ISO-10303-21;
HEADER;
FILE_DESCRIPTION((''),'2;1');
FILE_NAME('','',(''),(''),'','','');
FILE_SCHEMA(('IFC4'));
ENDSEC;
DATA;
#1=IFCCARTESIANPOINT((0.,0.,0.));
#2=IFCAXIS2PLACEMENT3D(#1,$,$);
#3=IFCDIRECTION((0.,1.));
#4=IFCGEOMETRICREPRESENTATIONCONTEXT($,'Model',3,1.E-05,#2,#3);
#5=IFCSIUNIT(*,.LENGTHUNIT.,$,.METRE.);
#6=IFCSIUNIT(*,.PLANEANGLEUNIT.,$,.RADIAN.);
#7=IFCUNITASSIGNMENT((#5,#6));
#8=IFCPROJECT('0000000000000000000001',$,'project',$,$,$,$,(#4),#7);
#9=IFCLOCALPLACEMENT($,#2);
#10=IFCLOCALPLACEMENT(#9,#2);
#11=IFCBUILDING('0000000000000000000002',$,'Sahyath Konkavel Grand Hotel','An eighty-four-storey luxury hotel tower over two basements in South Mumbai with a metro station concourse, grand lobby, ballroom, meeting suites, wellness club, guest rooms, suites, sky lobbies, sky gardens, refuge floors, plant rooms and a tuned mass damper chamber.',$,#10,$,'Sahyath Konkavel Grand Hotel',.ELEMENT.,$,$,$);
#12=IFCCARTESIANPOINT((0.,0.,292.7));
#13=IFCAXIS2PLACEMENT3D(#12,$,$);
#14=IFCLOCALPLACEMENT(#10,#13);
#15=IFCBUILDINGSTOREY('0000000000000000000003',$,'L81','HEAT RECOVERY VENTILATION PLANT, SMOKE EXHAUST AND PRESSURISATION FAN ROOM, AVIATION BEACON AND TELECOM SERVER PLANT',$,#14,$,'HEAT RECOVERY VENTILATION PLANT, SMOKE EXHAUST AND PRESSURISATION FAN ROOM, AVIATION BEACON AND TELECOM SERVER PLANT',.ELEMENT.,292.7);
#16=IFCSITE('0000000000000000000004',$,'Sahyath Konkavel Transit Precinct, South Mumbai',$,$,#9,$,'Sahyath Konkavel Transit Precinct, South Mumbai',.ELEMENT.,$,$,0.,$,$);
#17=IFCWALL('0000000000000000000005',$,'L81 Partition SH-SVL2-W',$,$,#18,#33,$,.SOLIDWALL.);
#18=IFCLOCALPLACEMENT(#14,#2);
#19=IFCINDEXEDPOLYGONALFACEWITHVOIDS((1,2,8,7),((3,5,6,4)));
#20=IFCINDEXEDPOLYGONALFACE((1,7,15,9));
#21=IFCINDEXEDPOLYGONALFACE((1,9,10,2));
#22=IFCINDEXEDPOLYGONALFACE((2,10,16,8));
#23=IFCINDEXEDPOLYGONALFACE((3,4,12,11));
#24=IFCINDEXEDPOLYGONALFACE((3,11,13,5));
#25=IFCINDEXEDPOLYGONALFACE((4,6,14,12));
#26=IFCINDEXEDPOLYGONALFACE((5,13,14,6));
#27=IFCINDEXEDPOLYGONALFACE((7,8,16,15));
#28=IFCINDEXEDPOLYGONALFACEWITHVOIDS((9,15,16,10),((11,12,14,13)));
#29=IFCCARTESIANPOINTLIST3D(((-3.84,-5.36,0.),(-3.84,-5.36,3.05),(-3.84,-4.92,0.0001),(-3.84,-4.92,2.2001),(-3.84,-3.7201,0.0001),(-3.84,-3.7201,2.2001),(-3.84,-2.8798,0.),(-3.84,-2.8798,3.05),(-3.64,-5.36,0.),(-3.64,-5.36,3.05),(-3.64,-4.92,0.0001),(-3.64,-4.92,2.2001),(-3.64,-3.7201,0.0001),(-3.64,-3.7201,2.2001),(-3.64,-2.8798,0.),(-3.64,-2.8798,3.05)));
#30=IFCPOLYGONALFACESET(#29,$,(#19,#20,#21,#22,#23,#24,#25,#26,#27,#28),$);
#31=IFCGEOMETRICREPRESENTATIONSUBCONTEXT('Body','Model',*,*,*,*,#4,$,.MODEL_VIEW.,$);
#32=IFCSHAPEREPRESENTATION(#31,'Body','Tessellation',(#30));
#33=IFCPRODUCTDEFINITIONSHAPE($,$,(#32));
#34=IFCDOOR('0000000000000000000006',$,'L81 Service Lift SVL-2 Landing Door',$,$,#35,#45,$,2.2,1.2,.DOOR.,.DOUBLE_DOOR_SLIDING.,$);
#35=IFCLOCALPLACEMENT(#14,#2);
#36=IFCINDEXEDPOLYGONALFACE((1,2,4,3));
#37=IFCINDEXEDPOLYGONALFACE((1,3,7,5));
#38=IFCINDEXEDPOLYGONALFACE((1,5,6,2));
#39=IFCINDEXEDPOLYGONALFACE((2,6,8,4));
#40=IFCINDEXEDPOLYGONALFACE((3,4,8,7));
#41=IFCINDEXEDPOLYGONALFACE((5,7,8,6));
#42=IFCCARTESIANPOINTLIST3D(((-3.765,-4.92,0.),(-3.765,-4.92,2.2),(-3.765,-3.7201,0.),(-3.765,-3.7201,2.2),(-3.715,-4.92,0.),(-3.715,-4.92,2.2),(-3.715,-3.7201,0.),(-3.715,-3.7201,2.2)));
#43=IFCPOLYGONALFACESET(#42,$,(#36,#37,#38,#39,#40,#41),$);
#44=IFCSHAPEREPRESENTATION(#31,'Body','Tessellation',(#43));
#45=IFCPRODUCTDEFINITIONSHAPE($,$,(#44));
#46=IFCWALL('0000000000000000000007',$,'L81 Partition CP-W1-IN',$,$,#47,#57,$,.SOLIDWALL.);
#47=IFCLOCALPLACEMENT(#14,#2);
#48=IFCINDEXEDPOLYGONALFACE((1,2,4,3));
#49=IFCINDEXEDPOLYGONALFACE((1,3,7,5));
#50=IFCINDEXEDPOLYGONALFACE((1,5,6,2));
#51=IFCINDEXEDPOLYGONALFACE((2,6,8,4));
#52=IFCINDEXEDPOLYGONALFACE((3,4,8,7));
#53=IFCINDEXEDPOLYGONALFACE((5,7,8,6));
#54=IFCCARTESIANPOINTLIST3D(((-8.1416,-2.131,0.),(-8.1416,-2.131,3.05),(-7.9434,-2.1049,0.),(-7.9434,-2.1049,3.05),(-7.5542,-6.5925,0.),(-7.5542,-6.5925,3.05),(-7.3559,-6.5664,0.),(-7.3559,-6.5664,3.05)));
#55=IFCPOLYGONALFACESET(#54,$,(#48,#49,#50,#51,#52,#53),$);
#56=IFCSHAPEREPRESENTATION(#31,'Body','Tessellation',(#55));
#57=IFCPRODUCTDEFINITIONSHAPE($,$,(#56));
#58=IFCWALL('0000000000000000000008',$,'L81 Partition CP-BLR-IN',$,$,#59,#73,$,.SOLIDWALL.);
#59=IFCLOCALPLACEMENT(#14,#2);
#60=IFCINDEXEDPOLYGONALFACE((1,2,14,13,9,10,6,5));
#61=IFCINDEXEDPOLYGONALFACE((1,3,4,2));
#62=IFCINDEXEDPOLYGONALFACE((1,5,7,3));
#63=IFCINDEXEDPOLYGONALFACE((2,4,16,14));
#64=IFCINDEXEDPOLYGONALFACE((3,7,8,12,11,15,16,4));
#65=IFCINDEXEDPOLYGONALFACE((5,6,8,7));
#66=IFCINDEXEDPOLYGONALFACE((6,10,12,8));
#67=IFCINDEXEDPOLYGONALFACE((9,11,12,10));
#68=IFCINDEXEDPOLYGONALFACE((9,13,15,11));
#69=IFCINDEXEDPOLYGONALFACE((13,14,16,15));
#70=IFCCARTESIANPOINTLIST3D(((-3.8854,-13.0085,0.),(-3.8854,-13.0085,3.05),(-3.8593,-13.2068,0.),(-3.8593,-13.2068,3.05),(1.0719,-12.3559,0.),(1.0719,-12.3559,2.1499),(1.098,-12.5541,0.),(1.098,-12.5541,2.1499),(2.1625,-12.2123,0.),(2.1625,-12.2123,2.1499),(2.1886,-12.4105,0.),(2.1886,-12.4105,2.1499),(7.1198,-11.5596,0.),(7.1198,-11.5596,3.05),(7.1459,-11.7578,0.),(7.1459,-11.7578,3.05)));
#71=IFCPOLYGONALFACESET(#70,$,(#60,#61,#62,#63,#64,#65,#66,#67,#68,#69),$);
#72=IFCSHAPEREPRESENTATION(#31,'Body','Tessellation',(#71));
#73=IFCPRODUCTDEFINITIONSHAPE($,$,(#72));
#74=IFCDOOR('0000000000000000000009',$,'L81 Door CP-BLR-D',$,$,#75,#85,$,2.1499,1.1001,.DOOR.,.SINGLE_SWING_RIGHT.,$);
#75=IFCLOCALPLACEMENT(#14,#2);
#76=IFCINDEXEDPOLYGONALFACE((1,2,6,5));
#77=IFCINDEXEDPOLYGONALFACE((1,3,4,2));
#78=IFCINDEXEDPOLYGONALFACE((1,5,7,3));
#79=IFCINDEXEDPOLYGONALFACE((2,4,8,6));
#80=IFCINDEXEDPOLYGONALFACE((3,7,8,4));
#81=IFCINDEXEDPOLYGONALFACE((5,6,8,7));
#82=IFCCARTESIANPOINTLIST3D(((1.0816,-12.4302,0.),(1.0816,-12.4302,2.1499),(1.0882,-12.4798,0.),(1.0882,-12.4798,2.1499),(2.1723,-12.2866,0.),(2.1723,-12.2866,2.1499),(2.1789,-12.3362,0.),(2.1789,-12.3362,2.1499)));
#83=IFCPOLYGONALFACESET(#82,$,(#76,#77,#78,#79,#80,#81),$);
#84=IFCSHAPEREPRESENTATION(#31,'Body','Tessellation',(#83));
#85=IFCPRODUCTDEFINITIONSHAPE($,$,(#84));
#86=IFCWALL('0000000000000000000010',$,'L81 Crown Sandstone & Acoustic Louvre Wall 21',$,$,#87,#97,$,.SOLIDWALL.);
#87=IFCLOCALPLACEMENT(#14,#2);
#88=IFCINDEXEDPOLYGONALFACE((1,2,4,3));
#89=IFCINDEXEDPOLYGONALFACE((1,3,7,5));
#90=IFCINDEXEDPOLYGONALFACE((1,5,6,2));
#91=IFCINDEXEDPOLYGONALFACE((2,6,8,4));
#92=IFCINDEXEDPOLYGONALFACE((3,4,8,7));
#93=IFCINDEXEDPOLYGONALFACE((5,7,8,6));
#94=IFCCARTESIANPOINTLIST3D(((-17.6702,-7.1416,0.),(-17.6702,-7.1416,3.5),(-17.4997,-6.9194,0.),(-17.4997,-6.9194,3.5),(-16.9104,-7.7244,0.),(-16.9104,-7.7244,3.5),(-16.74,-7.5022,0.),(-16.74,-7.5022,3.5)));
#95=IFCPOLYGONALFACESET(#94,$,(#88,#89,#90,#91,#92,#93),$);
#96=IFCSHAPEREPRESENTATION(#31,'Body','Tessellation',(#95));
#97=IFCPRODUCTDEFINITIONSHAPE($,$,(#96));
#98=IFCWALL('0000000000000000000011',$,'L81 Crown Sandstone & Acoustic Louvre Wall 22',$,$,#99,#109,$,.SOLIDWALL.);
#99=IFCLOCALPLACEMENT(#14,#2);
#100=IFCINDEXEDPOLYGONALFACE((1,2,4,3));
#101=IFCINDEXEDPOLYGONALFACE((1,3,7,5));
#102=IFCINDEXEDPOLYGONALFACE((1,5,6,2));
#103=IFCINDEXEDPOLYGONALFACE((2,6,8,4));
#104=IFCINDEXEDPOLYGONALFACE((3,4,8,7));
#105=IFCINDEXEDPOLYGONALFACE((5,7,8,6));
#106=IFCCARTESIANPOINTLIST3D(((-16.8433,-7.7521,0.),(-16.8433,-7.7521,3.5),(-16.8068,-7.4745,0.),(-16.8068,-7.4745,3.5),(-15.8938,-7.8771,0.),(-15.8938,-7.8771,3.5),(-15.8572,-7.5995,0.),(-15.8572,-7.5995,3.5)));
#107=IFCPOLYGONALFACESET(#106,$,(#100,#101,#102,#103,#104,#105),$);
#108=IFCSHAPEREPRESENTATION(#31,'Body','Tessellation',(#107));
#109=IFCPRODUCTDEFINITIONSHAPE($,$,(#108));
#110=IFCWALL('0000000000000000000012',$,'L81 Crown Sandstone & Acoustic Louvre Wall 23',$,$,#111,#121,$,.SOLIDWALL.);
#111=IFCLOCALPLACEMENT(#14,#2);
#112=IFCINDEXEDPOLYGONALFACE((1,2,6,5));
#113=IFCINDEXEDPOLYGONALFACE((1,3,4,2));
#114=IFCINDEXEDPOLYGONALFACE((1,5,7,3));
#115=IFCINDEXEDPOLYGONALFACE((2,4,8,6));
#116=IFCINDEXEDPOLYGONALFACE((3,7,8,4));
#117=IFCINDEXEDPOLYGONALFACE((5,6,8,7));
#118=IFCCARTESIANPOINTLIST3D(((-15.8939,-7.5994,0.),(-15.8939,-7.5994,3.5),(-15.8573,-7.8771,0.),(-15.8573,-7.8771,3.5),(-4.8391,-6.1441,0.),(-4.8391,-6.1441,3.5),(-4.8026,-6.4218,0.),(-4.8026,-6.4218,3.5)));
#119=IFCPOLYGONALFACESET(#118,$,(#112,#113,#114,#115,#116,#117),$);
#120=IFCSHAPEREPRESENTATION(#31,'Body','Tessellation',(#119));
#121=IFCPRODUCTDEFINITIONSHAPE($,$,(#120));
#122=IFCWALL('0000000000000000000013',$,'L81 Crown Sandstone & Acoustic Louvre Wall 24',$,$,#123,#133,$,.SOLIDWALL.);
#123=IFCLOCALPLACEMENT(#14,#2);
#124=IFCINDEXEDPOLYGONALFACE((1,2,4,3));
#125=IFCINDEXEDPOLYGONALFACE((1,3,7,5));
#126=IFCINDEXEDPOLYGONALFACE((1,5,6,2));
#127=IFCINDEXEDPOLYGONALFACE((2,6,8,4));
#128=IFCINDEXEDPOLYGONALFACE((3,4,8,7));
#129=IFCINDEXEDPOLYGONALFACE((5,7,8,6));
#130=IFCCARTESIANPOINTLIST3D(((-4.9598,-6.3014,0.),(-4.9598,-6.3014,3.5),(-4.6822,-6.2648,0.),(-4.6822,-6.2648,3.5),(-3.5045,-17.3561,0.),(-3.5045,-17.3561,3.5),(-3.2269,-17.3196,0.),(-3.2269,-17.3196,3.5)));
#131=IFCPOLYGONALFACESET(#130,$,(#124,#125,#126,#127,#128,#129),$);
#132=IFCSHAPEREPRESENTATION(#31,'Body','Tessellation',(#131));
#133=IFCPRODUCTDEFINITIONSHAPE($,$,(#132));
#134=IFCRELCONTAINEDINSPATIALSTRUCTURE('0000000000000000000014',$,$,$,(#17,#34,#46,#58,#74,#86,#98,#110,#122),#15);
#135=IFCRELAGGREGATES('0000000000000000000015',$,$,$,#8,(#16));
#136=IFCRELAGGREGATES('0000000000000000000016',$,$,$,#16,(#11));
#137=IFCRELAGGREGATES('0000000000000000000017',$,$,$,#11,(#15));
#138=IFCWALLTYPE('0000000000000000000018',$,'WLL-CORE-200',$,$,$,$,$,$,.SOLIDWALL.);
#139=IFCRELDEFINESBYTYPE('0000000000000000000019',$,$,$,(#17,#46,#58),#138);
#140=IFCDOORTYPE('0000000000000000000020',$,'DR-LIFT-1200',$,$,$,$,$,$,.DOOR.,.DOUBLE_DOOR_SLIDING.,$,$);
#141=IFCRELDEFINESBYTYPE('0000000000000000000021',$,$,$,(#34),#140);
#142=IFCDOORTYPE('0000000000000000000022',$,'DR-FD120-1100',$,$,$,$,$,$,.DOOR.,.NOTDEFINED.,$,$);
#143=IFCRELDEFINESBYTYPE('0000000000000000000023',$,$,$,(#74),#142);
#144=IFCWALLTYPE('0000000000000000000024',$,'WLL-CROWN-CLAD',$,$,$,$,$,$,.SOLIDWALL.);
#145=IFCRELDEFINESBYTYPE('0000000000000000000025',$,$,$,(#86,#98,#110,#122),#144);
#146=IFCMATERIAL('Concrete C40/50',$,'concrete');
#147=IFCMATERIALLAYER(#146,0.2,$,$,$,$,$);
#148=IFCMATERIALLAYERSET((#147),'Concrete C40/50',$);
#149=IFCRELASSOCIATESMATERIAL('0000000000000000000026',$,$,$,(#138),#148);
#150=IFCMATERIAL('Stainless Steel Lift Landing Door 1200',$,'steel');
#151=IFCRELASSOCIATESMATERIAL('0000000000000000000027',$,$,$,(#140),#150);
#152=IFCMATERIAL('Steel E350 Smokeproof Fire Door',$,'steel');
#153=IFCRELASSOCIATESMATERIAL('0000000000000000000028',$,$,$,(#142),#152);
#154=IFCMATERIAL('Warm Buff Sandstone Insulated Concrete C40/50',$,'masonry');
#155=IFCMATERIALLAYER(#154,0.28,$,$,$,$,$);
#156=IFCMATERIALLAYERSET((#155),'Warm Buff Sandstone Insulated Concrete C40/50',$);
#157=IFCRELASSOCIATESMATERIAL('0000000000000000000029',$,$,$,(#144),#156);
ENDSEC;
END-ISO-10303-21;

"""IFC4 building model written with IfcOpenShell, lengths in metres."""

from ifc_helpers import new_model, si_unit, direction, frame, frame_2d, origin, origin_2d, place, context, subcontext, project, spatial, rectangle, extrude, source, transform, mapped, material, layer, layer_set, type_object, element, fill, save


model = new_model("IFC4")

# Units and contexts
model_context = context("Model", 3, precision=1e-05, world=origin(), true_north=direction((0.0, 1.0)))
body_context = subcontext(model_context, "Body", "Model", "MODEL_VIEW")
ifc_project = project(units=[si_unit("LENGTHUNIT", "METRE"), si_unit("PLANEANGLEUNIT", "RADIAN")], contexts=[model_context])

# Site, building, storey
site_placement = place(None, origin())
site = spatial("IfcSite", under=ifc_project, at=site_placement, Name="Sahyath Konkavel Transit Precinct, South Mumbai", LongName="Sahyath Konkavel Transit Precinct, South Mumbai", CompositionType="ELEMENT", RefElevation=0.0)
building_placement = place(site_placement, origin())
building = spatial("IfcBuilding", under=site, at=building_placement, Name="Sahyath Konkavel Grand Hotel", Description="An eighty-four-storey luxury hotel tower over two basements in South Mumbai with a metro station concourse, grand lobby, ballroom, meeting suites, wellness club, guest rooms, suites, sky lobbies, sky gardens, refuge floors, plant rooms and a tuned mass damper chamber.", LongName="Sahyath Konkavel Grand Hotel", CompositionType="ELEMENT")
storey_placement = place(building_placement, frame((0.0, 0.0, 292.7)))
storey = spatial("IfcBuildingStorey", under=building, at=storey_placement, Name="L81", Description="HEAT RECOVERY VENTILATION PLANT, SMOKE EXHAUST AND PRESSURISATION FAN ROOM, AVIATION BEACON AND TELECOM SERVER PLANT", LongName="HEAT RECOVERY VENTILATION PLANT, SMOKE EXHAUST AND PRESSURISATION FAN ROOM, AVIATION BEACON AND TELECOM SERVER PLANT", CompositionType="ELEMENT", Elevation=292.7)

# Shared definitions
ifc_material_1 = material(Name="Concrete C40/50", Category="concrete")

# Shared definitions
ifc_layer_1 = layer(ifc_material_1, 0.2)
ifc_layer_set_1 = layer_set([ifc_layer_1], Name="Concrete C40/50")
wall_type_1 = type_object("IfcWallType", Name="WLL-CORE-200", PredefinedType="SOLIDWALL", material=ifc_layer_set_1)

# Wall, opening, door
wall_1_placement = place(storey_placement, frame((-3.74, -5.3601, 0.0), z_axis=(0.0, 0.0, 1.0), x_axis=(0.0, 1.0, 0.0)))
wall_1 = element("IfcWall", 1, at=wall_1_placement, inside=storey, type_object=wall_type_1, Name="L81 Partition SH-SVL2-W", PredefinedType="SOLIDWALL", context=body_context, shape_type="SweptSolid", body=[
    extrude(rectangle(XDim=2.4802, YDim=0.2, at=frame_2d((1.2402, 0.0))), origin(), (0.0, 0.0, 1.0), 3.05),
])
opening_1_placement = place(wall_1_placement, frame((0.4399, 0.0, 0.0)))
opening_1 = element("IfcOpeningElement", 2, at=opening_1_placement, cuts=wall_1, PredefinedType="OPENING", context=body_context, shape_type="SweptSolid", body=[
    extrude(rectangle(XDim=1.2, YDim=2.2, at=frame_2d((0.6001, 1.1001))), frame((0.0, 0.1099, 0.0), z_axis=(0.0, -1.0, 0.0), x_axis=(1.0, 0.0, 0.0)), (0.0, 0.0, 1.0), 0.22),
])
ifc_material_2 = material(Name="Stainless Steel Lift Landing Door 1200", Category="steel")
door_type_1 = type_object("IfcDoorType", Name="DR-LIFT-1200", OperationType="DOUBLE_DOOR_SLIDING", PredefinedType="DOOR", material=ifc_material_2)
shared_shape_1 = source(origin(), body_context, "Body", "SweptSolid", [
    extrude(rectangle(XDim=1.2, YDim=0.05, at=origin_2d()), origin(), (0.0, 0.0, 1.0), 2.2),
])
door_1_placement = place(opening_1_placement, frame((0.6001, 0.0, 0.0)))
door_1 = element("IfcDoor", 3, at=door_1_placement, inside=storey, type_object=door_type_1, Name="L81 Service Lift SVL-2 Landing Door", OperationType="DOUBLE_DOOR_SLIDING", OverallHeight=2.2, OverallWidth=1.2, PredefinedType="DOOR", context=body_context, shape_type="MappedRepresentation", body=[
    mapped(shared_shape_1, transform((0.0, 0.0, 0.0), scale=1.0)),
])
fill(opening_1, door_1)

# Wall
wall_2_placement = place(storey_placement, frame((-8.0425, -2.1179, 0.0), z_axis=(0.0, 0.0, 1.0), x_axis=(0.130536, -0.991444, 0.0)))
element("IfcWall", 4, at=wall_2_placement, inside=storey, type_object=wall_type_1, Name="L81 Partition CP-W1-IN", PredefinedType="SOLIDWALL", context=body_context, shape_type="SweptSolid", body=[
    extrude(rectangle(XDim=4.5, YDim=0.2, at=frame_2d((2.25, 0.0))), origin(), (0.0, 0.0, 1.0), 3.05),
])

# Wall, opening, door
wall_3_placement = place(storey_placement, frame((-3.8723, -13.1077, 0.0), z_axis=(0.0, 0.0, 1.0), x_axis=(0.991443, 0.130537, 0.0)))
wall_3 = element("IfcWall", 5, at=wall_3_placement, inside=storey, type_object=wall_type_1, Name="L81 Partition CP-BLR-IN", PredefinedType="SOLIDWALL", context=body_context, shape_type="SweptSolid", body=[
    extrude(rectangle(XDim=11.1001, YDim=0.2, at=frame_2d((5.55, 0.0))), origin(), (0.0, 0.0, 1.0), 3.05),
])
opening_2_placement = place(wall_3_placement, frame((5.0, 0.0, 0.0)))
opening_2 = element("IfcOpeningElement", 6, at=opening_2_placement, cuts=wall_3, PredefinedType="OPENING", context=body_context, shape_type="SweptSolid", body=[
    extrude(rectangle(XDim=1.1001, YDim=2.1499, at=frame_2d((0.55, 1.075))), frame((0.0, 0.1099, 0.0), z_axis=(0.0, -1.0, 0.0), x_axis=(1.0, 0.0, 0.0)), (0.0, 0.0, 1.0), 0.22),
])
ifc_material_3 = material(Name="Steel E350 Smokeproof Fire Door", Category="steel")
door_type_2 = type_object("IfcDoorType", Name="DR-FD120-1100", OperationType="NOTDEFINED", PredefinedType="DOOR", material=ifc_material_3)
shared_shape_2 = source(origin(), body_context, "Body", "SweptSolid", [
    extrude(rectangle(XDim=1.1001, YDim=0.05, at=origin_2d()), origin(), (0.0, 0.0, 1.0), 2.1499),
])
door_2_placement = place(opening_2_placement, frame((0.55, 0.0, 0.0)))
door_2 = element("IfcDoor", 7, at=door_2_placement, inside=storey, type_object=door_type_2, Name="L81 Door CP-BLR-D", OperationType="SINGLE_SWING_RIGHT", OverallHeight=2.1499, OverallWidth=1.1001, PredefinedType="DOOR", context=body_context, shape_type="MappedRepresentation", body=[
    mapped(shared_shape_2, transform((0.0, 0.0, 0.0), scale=1.0)),
])
fill(opening_2, door_2)

# Walls
ifc_material_4 = material(Name="Warm Buff Sandstone Insulated Concrete C40/50", Category="masonry")
ifc_layer_2 = layer(ifc_material_4, 0.28)
ifc_layer_set_2 = layer_set([ifc_layer_2], Name="Warm Buff Sandstone Insulated Concrete C40/50")
wall_type_2 = type_object("IfcWallType", Name="WLL-CROWN-CLAD", PredefinedType="SOLIDWALL", material=ifc_layer_set_2)
wall_4_placement = place(storey_placement, frame((-17.585, -7.0305, 0.0), z_axis=(0.0, 0.0, 1.0), x_axis=(0.793467, -0.608614, 0.0)))
element("IfcWall", 8, at=wall_4_placement, inside=storey, type_object=wall_type_2, Name="L81 Crown Sandstone & Acoustic Louvre Wall 21", PredefinedType="SOLIDWALL", context=body_context, shape_type="SweptSolid", body=[
    extrude(rectangle(XDim=0.9575, YDim=0.28, at=frame_2d((0.4788, 0.0))), origin(), (0.0, 0.0, 1.0), 3.5),
])
wall_5_placement = place(storey_placement, frame((-16.8252, -7.6133, 0.0), z_axis=(0.0, 0.0, 1.0), x_axis=(0.991445, -0.130527, 0.0)))
element("IfcWall", 9, at=wall_5_placement, inside=storey, type_object=wall_type_2, Name="L81 Crown Sandstone & Acoustic Louvre Wall 22", PredefinedType="SOLIDWALL", context=body_context, shape_type="SweptSolid", body=[
    extrude(rectangle(XDim=0.9578, YDim=0.28, at=frame_2d((0.479, 0.0))), origin(), (0.0, 0.0, 1.0), 3.5),
])
for number, where, z_axis, x_axis, name in (
    (10, (-15.8757, -7.7383, 0.0), (0.0, 0.0, 1.0), (0.991445, 0.130521, 0.0), "L81 Crown Sandstone & Acoustic Louvre Wall 23"),
    (11, (-4.821, -6.283, 0.0), (0.0, 0.0, 1.0), (0.130521, -0.991445, 0.0), "L81 Crown Sandstone & Acoustic Louvre Wall 24"),
):
    element("IfcWall", number, at=place(storey_placement, frame(where, z_axis=z_axis, x_axis=x_axis)), inside=storey, type_object=wall_type_2, Name=name, PredefinedType="SOLIDWALL", context=body_context, shape_type="SweptSolid", body=[
        extrude(rectangle(XDim=11.1501, YDim=0.28, at=frame_2d((5.5752, 0.0))), origin(), (0.0, 0.0, 1.0), 3.5),
    ])

save(model, "model.ifc")
